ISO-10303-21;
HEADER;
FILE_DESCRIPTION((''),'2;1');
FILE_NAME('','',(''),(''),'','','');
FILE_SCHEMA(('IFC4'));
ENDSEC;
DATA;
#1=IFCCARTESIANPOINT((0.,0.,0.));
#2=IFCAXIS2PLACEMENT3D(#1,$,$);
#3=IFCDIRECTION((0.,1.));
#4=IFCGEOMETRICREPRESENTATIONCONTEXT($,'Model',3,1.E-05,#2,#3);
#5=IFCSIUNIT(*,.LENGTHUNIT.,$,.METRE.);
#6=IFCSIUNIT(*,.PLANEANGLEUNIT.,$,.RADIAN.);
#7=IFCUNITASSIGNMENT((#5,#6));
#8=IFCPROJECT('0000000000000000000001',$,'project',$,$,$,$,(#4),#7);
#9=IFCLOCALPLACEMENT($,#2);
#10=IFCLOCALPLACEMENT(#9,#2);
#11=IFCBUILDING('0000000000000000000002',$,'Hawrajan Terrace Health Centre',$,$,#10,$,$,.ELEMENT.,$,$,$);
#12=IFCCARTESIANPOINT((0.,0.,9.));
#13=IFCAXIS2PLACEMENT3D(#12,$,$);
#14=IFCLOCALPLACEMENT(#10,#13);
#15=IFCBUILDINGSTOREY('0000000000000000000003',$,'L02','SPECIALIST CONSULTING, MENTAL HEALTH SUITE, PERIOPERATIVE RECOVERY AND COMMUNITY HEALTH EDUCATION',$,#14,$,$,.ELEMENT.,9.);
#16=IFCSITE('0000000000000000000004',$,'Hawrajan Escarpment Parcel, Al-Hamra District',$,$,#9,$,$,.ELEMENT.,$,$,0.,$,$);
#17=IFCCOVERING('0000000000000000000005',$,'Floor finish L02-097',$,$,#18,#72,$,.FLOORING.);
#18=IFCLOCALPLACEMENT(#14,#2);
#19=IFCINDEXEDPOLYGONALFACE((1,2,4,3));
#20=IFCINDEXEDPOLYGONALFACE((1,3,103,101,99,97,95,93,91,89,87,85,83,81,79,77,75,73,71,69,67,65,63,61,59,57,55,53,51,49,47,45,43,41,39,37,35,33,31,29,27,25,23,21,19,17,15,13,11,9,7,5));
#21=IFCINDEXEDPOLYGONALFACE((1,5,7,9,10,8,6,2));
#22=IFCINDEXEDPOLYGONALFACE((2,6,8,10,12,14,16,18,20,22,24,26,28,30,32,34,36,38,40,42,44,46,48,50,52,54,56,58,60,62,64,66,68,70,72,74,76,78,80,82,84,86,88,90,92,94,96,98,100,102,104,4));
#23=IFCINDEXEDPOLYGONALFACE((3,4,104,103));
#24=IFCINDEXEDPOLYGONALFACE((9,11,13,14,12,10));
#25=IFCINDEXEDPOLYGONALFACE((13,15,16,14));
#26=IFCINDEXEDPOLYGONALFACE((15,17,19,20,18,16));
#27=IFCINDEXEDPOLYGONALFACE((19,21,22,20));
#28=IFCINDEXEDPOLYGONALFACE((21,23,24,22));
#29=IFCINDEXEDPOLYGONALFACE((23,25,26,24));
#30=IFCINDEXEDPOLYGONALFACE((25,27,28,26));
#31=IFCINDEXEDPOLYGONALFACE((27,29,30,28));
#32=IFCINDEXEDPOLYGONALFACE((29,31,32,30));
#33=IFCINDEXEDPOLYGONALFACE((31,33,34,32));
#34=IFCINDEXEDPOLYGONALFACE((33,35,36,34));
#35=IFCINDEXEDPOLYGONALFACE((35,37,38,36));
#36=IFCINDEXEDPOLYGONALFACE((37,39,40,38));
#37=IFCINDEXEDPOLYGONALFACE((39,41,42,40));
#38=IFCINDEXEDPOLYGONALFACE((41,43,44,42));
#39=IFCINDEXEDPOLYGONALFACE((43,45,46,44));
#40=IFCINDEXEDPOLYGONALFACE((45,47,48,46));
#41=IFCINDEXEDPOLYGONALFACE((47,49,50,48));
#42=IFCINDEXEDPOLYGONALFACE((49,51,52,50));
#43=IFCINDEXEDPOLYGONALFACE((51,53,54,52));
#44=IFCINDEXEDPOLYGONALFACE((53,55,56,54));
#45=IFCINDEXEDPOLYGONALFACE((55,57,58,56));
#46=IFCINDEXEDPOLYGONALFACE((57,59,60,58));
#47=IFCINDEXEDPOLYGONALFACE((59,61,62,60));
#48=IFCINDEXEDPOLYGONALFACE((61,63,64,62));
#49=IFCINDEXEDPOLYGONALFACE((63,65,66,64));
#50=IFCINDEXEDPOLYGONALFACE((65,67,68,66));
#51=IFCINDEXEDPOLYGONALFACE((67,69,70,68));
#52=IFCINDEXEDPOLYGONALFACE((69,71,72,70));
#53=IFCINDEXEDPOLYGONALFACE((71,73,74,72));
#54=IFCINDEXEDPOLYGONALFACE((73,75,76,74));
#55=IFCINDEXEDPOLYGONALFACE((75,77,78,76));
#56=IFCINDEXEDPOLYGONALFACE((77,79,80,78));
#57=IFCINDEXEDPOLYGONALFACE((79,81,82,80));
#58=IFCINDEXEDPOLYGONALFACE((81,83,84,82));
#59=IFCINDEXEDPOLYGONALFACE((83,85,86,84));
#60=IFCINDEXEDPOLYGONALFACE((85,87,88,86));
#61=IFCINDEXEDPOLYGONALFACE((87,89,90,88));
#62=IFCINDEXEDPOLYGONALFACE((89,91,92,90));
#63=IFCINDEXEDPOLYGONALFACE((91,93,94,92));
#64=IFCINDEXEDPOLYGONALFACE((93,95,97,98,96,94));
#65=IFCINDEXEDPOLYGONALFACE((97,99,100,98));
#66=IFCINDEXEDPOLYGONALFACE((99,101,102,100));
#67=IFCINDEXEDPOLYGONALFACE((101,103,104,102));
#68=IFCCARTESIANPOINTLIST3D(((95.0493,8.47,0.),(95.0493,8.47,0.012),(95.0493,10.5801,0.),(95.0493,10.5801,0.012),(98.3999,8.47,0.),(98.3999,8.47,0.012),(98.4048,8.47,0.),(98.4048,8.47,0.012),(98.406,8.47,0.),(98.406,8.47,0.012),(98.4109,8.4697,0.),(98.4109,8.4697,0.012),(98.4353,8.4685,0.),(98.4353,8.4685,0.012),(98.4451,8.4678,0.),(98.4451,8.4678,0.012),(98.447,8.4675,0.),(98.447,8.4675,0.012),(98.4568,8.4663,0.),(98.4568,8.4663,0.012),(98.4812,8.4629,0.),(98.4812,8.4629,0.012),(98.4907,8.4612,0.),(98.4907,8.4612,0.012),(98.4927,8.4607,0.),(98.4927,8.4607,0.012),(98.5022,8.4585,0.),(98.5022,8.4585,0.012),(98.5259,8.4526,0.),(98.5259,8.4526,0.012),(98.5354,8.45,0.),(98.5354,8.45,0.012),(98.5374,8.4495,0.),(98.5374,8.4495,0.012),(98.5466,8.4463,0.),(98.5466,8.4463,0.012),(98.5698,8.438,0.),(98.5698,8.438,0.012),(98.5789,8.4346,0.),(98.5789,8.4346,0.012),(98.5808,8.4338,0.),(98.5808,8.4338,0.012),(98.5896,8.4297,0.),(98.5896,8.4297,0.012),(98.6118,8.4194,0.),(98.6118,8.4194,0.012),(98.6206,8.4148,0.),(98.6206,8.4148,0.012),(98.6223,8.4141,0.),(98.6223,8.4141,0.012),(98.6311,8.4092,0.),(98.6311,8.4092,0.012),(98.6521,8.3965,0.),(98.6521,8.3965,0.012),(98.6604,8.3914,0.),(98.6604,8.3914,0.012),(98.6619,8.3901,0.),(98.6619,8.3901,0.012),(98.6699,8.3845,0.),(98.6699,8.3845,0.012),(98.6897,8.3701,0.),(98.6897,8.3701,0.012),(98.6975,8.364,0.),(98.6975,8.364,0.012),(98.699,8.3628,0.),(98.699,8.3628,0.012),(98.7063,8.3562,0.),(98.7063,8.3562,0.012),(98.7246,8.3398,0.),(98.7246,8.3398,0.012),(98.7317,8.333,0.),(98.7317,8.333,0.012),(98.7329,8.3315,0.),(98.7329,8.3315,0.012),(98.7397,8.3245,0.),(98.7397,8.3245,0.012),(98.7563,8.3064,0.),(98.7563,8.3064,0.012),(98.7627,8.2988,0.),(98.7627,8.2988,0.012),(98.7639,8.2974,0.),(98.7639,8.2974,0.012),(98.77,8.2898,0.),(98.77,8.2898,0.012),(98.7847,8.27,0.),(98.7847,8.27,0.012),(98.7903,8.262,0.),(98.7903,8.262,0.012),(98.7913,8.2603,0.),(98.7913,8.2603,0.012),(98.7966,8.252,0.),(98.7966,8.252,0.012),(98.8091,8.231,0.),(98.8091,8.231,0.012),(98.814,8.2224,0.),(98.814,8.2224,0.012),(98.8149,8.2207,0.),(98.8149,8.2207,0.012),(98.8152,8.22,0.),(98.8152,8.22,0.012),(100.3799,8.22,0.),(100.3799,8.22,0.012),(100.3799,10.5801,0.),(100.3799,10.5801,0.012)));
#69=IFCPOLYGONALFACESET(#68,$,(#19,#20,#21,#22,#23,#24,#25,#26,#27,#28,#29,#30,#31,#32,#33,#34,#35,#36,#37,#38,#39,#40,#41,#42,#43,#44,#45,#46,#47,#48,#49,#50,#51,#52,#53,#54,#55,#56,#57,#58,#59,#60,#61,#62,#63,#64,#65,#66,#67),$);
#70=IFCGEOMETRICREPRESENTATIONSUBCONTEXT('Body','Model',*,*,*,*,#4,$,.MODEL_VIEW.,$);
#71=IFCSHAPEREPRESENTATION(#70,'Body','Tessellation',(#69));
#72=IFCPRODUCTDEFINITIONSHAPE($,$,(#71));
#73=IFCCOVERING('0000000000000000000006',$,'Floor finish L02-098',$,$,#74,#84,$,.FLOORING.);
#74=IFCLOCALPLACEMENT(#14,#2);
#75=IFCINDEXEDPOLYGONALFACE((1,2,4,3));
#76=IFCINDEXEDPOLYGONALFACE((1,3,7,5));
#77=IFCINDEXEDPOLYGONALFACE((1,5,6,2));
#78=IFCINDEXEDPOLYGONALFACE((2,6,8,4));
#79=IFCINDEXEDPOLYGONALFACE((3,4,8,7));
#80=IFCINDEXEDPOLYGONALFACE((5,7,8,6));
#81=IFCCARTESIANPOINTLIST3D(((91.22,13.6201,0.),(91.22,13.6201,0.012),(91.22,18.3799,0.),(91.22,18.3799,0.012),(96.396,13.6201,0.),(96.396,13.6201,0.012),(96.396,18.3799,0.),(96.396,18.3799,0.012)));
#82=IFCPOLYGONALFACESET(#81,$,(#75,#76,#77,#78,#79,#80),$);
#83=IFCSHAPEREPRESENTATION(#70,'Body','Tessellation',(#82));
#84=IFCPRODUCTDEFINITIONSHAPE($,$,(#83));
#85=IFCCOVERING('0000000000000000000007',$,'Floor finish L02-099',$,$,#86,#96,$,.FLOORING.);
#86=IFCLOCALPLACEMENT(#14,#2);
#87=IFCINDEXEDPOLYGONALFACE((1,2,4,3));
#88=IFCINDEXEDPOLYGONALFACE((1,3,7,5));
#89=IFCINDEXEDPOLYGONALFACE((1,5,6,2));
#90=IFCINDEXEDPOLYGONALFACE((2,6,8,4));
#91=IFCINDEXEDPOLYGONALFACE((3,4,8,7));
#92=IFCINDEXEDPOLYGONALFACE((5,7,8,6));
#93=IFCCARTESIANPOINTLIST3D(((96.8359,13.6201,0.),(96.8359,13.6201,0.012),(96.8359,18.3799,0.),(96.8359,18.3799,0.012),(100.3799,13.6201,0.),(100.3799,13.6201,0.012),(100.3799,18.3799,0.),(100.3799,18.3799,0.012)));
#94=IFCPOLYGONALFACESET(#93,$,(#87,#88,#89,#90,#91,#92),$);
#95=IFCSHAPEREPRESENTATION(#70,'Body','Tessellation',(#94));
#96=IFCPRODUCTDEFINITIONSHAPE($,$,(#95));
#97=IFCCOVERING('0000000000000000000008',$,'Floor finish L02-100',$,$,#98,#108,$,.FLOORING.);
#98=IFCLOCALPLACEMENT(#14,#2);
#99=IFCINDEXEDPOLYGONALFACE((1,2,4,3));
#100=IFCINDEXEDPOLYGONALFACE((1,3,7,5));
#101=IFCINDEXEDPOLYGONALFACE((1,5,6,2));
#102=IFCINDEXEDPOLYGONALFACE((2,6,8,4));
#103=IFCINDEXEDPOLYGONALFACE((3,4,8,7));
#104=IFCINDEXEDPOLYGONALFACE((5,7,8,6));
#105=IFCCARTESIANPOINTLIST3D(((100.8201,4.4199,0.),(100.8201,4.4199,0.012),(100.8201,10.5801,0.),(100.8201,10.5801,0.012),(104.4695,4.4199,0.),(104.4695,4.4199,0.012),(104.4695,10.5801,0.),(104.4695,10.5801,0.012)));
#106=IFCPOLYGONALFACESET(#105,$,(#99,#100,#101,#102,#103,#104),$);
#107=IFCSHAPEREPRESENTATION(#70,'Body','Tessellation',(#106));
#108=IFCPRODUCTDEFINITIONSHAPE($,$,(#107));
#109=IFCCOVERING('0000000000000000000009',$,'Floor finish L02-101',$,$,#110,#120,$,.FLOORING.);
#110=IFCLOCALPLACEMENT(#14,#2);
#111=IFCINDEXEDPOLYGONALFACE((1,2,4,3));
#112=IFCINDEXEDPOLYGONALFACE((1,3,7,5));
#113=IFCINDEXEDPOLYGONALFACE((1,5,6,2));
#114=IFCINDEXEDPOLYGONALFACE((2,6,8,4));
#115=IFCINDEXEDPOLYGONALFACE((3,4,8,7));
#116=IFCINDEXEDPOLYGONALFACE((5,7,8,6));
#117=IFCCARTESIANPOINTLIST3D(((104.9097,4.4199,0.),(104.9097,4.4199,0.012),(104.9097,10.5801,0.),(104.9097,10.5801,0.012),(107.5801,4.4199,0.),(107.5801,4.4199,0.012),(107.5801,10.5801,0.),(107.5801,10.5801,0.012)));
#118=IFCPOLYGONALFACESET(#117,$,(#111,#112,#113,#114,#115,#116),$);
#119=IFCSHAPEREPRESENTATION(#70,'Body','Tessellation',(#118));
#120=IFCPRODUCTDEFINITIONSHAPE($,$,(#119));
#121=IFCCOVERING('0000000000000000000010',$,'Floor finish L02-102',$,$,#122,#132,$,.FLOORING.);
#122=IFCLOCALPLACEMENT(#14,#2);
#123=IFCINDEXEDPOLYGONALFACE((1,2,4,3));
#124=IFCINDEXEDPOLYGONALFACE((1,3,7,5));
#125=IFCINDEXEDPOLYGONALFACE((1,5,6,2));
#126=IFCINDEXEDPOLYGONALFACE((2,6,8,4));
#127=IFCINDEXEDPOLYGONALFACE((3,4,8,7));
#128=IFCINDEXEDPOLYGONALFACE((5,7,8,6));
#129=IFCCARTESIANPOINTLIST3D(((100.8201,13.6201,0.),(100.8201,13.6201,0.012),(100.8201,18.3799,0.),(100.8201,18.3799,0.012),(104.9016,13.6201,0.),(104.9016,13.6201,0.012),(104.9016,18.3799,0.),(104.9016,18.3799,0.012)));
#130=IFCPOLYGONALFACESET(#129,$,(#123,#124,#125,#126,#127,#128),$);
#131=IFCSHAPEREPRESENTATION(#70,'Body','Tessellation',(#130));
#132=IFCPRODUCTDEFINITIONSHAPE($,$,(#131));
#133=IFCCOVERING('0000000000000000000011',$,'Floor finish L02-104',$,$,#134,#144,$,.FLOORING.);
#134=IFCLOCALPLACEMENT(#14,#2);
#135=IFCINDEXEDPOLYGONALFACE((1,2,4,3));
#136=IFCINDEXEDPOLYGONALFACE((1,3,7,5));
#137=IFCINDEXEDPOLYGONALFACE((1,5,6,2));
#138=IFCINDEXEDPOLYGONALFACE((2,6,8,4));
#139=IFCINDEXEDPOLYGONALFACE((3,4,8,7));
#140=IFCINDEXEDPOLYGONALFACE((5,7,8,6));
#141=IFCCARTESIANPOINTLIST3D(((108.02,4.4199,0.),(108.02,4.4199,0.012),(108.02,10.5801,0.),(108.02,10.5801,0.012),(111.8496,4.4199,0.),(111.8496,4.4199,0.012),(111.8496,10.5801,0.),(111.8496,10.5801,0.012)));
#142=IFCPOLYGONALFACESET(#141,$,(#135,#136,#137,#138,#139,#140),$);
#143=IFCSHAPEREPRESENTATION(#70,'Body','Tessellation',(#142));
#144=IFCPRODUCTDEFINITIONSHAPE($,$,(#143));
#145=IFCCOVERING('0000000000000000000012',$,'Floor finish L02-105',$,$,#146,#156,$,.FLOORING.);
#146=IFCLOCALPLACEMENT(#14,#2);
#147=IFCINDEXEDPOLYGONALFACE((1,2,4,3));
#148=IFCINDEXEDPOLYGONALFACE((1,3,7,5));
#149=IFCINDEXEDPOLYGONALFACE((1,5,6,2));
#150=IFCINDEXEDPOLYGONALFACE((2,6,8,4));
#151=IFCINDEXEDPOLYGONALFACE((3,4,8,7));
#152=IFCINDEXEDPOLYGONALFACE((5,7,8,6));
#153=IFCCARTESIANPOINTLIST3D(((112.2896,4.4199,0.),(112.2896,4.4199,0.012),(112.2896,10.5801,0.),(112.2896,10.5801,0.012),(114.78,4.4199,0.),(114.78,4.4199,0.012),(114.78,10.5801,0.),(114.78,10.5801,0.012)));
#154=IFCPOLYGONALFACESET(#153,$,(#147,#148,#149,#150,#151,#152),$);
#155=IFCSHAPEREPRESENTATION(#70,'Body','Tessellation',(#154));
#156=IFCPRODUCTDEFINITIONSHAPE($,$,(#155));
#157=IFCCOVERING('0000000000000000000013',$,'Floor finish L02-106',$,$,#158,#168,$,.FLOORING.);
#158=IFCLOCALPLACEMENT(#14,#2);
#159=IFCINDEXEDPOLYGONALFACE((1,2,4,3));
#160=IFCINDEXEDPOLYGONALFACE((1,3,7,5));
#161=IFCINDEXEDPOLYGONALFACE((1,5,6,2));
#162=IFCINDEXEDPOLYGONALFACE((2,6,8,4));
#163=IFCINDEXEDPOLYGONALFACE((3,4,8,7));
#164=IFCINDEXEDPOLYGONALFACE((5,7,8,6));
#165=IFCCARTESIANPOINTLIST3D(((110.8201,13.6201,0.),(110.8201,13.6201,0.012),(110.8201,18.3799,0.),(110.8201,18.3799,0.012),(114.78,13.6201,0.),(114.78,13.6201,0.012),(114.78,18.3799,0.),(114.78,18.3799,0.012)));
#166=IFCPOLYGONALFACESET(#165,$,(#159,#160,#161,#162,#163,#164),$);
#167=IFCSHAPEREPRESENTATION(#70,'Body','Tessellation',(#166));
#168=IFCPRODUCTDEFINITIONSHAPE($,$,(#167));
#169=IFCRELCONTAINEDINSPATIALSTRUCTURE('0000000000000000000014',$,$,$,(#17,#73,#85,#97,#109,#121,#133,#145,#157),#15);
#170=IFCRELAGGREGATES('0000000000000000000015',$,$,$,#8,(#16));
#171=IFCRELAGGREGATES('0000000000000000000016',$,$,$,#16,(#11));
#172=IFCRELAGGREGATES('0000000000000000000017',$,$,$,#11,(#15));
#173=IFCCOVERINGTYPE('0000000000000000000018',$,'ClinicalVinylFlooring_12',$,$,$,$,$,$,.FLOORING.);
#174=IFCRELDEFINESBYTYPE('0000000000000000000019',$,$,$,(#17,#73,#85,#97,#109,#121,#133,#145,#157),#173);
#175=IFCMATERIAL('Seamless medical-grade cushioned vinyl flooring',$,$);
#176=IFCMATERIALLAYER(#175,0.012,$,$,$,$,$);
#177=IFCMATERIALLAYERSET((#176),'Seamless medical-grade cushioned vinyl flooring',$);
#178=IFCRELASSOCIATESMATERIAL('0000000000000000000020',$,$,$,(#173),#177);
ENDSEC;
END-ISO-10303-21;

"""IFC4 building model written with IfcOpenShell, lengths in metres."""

from ifc_helpers import new_model, si_unit, direction, frame, origin, place, context, subcontext, project, spatial, polyline, outline, extrude, material, layer, layer_set, type_object, element, save


model = new_model("IFC4")

# Units and contexts
model_context = context("Model", 3, precision=1e-05, world=origin(), true_north=direction((0.0, 1.0)))
body_context = subcontext(model_context, "Body", "Model", "MODEL_VIEW")
ifc_project = project(units=[si_unit("LENGTHUNIT", "METRE"), si_unit("PLANEANGLEUNIT", "RADIAN")], contexts=[model_context])

# Site, building, storey
site_placement = place(None, origin())
site = spatial("IfcSite", under=ifc_project, at=site_placement, Name="Hawrajan Escarpment Parcel, Al-Hamra District", CompositionType="ELEMENT", RefElevation=0.0)
building_placement = place(site_placement, origin())
building = spatial("IfcBuilding", under=site, at=building_placement, Name="Hawrajan Terrace Health Centre", CompositionType="ELEMENT")
storey_placement = place(building_placement, frame((0.0, 0.0, 9.0)))
storey = spatial("IfcBuildingStorey", under=building, at=storey_placement, Name="L02", Description="SPECIALIST CONSULTING, MENTAL HEALTH SUITE, PERIOPERATIVE RECOVERY AND COMMUNITY HEALTH EDUCATION", CompositionType="ELEMENT", Elevation=9.0)

# Coverings
ifc_material_1 = material(Name="Seamless medical-grade cushioned vinyl flooring")
ifc_layer_1 = layer(ifc_material_1, 0.012)
ifc_layer_set_1 = layer_set([ifc_layer_1], Name="Seamless medical-grade cushioned vinyl flooring")
covering_type = type_object("IfcCoveringType", Name="ClinicalVinylFlooring_12", PredefinedType="FLOORING", material=ifc_layer_set_1)
covering_1_placement = place(storey_placement, origin())
element("IfcCovering", 1, at=covering_1_placement, inside=storey, type_object=covering_type, Name="Floor finish L02-097", PredefinedType="FLOORING", context=body_context, shape_type="SweptSolid", body=[
    extrude(outline(polyline([(95.0493, 10.5801), (100.3799, 10.5801), (100.3799, 8.22), (98.8152, 8.22), (98.8149, 8.2207), (98.814, 8.2224), (98.8091, 8.231), (98.7966, 8.252), (98.7913, 8.2603), (98.7903, 8.262), (98.7847, 8.27), (98.77, 8.2898), (98.7639, 8.2974), (98.7627, 8.2988), (98.7563, 8.3064), (98.7397, 8.3245), (98.7329, 8.3315), (98.7317, 8.333), (98.7246, 8.3398), (98.7063, 8.3562), (98.699, 8.3628), (98.6975, 8.364), (98.6897, 8.3701), (98.6699, 8.3845), (98.6619, 8.3901), (98.6604, 8.3914), (98.6521, 8.3965), (98.6311, 8.4092), (98.6223, 8.4141), (98.6206, 8.4148), (98.6118, 8.4194), (98.5896, 8.4297), (98.5808, 8.4338), (98.5789, 8.4346), (98.5698, 8.438), (98.5466, 8.4463), (98.5374, 8.4495), (98.5354, 8.45), (98.5259, 8.4526), (98.5022, 8.4585), (98.4927, 8.4607), (98.4907, 8.4612), (98.4812, 8.4629), (98.4568, 8.4663), (98.447, 8.4675), (98.4451, 8.4678), (98.4353, 8.4685), (98.4109, 8.4697), (98.406, 8.47), (98.4048, 8.47), (98.3999, 8.47), (95.0493, 8.47), (95.0493, 10.5801)])), origin(), (0.0, 0.0, 1.0), 0.012),
])
covering_2_placement = place(storey_placement, origin())
element("IfcCovering", 2, at=covering_2_placement, inside=storey, type_object=covering_type, Name="Floor finish L02-098", PredefinedType="FLOORING", context=body_context, shape_type="SweptSolid", body=[
    extrude(outline(polyline([(91.22, 18.3799), (96.396, 18.3799), (96.396, 13.6201), (91.22, 13.6201), (91.22, 18.3799)])), origin(), (0.0, 0.0, 1.0), 0.012),
])
covering_3_placement = place(storey_placement, origin())
element("IfcCovering", 3, at=covering_3_placement, inside=storey, type_object=covering_type, Name="Floor finish L02-099", PredefinedType="FLOORING", context=body_context, shape_type="SweptSolid", body=[
    extrude(outline(polyline([(96.8359, 18.3799), (100.3799, 18.3799), (100.3799, 13.6201), (96.8359, 13.6201), (96.8359, 18.3799)])), origin(), (0.0, 0.0, 1.0), 0.012),
])
covering_4_placement = place(storey_placement, origin())
element("IfcCovering", 4, at=covering_4_placement, inside=storey, type_object=covering_type, Name="Floor finish L02-100", PredefinedType="FLOORING", context=body_context, shape_type="SweptSolid", body=[
    extrude(outline(polyline([(100.8201, 10.5801), (104.4695, 10.5801), (104.4695, 4.4199), (100.8201, 4.4199), (100.8201, 10.5801)])), origin(), (0.0, 0.0, 1.0), 0.012),
])
covering_5_placement = place(storey_placement, origin())
element("IfcCovering", 5, at=covering_5_placement, inside=storey, type_object=covering_type, Name="Floor finish L02-101", PredefinedType="FLOORING", context=body_context, shape_type="SweptSolid", body=[
    extrude(outline(polyline([(104.9097, 10.5801), (107.5801, 10.5801), (107.5801, 4.4199), (104.9097, 4.4199), (104.9097, 10.5801)])), origin(), (0.0, 0.0, 1.0), 0.012),
])
covering_6_placement = place(storey_placement, origin())
element("IfcCovering", 6, at=covering_6_placement, inside=storey, type_object=covering_type, Name="Floor finish L02-102", PredefinedType="FLOORING", context=body_context, shape_type="SweptSolid", body=[
    extrude(outline(polyline([(100.8201, 18.3799), (104.9016, 18.3799), (104.9016, 13.6201), (100.8201, 13.6201), (100.8201, 18.3799)])), origin(), (0.0, 0.0, 1.0), 0.012),
])
covering_7_placement = place(storey_placement, origin())
element("IfcCovering", 7, at=covering_7_placement, inside=storey, type_object=covering_type, Name="Floor finish L02-104", PredefinedType="FLOORING", context=body_context, shape_type="SweptSolid", body=[
    extrude(outline(polyline([(108.02, 10.5801), (111.8496, 10.5801), (111.8496, 4.4199), (108.02, 4.4199), (108.02, 10.5801)])), origin(), (0.0, 0.0, 1.0), 0.012),
])
covering_8_placement = place(storey_placement, origin())
element("IfcCovering", 8, at=covering_8_placement, inside=storey, type_object=covering_type, Name="Floor finish L02-105", PredefinedType="FLOORING", context=body_context, shape_type="SweptSolid", body=[
    extrude(outline(polyline([(112.2896, 10.5801), (114.78, 10.5801), (114.78, 4.4199), (112.2896, 4.4199), (112.2896, 10.5801)])), origin(), (0.0, 0.0, 1.0), 0.012),
])
covering_9_placement = place(storey_placement, origin())
element("IfcCovering", 9, at=covering_9_placement, inside=storey, type_object=covering_type, Name="Floor finish L02-106", PredefinedType="FLOORING", context=body_context, shape_type="SweptSolid", body=[
    extrude(outline(polyline([(110.8201, 18.3799), (114.78, 18.3799), (114.78, 13.6201), (110.8201, 13.6201), (110.8201, 18.3799)])), origin(), (0.0, 0.0, 1.0), 0.012),
])

save(model, "model.ifc")
